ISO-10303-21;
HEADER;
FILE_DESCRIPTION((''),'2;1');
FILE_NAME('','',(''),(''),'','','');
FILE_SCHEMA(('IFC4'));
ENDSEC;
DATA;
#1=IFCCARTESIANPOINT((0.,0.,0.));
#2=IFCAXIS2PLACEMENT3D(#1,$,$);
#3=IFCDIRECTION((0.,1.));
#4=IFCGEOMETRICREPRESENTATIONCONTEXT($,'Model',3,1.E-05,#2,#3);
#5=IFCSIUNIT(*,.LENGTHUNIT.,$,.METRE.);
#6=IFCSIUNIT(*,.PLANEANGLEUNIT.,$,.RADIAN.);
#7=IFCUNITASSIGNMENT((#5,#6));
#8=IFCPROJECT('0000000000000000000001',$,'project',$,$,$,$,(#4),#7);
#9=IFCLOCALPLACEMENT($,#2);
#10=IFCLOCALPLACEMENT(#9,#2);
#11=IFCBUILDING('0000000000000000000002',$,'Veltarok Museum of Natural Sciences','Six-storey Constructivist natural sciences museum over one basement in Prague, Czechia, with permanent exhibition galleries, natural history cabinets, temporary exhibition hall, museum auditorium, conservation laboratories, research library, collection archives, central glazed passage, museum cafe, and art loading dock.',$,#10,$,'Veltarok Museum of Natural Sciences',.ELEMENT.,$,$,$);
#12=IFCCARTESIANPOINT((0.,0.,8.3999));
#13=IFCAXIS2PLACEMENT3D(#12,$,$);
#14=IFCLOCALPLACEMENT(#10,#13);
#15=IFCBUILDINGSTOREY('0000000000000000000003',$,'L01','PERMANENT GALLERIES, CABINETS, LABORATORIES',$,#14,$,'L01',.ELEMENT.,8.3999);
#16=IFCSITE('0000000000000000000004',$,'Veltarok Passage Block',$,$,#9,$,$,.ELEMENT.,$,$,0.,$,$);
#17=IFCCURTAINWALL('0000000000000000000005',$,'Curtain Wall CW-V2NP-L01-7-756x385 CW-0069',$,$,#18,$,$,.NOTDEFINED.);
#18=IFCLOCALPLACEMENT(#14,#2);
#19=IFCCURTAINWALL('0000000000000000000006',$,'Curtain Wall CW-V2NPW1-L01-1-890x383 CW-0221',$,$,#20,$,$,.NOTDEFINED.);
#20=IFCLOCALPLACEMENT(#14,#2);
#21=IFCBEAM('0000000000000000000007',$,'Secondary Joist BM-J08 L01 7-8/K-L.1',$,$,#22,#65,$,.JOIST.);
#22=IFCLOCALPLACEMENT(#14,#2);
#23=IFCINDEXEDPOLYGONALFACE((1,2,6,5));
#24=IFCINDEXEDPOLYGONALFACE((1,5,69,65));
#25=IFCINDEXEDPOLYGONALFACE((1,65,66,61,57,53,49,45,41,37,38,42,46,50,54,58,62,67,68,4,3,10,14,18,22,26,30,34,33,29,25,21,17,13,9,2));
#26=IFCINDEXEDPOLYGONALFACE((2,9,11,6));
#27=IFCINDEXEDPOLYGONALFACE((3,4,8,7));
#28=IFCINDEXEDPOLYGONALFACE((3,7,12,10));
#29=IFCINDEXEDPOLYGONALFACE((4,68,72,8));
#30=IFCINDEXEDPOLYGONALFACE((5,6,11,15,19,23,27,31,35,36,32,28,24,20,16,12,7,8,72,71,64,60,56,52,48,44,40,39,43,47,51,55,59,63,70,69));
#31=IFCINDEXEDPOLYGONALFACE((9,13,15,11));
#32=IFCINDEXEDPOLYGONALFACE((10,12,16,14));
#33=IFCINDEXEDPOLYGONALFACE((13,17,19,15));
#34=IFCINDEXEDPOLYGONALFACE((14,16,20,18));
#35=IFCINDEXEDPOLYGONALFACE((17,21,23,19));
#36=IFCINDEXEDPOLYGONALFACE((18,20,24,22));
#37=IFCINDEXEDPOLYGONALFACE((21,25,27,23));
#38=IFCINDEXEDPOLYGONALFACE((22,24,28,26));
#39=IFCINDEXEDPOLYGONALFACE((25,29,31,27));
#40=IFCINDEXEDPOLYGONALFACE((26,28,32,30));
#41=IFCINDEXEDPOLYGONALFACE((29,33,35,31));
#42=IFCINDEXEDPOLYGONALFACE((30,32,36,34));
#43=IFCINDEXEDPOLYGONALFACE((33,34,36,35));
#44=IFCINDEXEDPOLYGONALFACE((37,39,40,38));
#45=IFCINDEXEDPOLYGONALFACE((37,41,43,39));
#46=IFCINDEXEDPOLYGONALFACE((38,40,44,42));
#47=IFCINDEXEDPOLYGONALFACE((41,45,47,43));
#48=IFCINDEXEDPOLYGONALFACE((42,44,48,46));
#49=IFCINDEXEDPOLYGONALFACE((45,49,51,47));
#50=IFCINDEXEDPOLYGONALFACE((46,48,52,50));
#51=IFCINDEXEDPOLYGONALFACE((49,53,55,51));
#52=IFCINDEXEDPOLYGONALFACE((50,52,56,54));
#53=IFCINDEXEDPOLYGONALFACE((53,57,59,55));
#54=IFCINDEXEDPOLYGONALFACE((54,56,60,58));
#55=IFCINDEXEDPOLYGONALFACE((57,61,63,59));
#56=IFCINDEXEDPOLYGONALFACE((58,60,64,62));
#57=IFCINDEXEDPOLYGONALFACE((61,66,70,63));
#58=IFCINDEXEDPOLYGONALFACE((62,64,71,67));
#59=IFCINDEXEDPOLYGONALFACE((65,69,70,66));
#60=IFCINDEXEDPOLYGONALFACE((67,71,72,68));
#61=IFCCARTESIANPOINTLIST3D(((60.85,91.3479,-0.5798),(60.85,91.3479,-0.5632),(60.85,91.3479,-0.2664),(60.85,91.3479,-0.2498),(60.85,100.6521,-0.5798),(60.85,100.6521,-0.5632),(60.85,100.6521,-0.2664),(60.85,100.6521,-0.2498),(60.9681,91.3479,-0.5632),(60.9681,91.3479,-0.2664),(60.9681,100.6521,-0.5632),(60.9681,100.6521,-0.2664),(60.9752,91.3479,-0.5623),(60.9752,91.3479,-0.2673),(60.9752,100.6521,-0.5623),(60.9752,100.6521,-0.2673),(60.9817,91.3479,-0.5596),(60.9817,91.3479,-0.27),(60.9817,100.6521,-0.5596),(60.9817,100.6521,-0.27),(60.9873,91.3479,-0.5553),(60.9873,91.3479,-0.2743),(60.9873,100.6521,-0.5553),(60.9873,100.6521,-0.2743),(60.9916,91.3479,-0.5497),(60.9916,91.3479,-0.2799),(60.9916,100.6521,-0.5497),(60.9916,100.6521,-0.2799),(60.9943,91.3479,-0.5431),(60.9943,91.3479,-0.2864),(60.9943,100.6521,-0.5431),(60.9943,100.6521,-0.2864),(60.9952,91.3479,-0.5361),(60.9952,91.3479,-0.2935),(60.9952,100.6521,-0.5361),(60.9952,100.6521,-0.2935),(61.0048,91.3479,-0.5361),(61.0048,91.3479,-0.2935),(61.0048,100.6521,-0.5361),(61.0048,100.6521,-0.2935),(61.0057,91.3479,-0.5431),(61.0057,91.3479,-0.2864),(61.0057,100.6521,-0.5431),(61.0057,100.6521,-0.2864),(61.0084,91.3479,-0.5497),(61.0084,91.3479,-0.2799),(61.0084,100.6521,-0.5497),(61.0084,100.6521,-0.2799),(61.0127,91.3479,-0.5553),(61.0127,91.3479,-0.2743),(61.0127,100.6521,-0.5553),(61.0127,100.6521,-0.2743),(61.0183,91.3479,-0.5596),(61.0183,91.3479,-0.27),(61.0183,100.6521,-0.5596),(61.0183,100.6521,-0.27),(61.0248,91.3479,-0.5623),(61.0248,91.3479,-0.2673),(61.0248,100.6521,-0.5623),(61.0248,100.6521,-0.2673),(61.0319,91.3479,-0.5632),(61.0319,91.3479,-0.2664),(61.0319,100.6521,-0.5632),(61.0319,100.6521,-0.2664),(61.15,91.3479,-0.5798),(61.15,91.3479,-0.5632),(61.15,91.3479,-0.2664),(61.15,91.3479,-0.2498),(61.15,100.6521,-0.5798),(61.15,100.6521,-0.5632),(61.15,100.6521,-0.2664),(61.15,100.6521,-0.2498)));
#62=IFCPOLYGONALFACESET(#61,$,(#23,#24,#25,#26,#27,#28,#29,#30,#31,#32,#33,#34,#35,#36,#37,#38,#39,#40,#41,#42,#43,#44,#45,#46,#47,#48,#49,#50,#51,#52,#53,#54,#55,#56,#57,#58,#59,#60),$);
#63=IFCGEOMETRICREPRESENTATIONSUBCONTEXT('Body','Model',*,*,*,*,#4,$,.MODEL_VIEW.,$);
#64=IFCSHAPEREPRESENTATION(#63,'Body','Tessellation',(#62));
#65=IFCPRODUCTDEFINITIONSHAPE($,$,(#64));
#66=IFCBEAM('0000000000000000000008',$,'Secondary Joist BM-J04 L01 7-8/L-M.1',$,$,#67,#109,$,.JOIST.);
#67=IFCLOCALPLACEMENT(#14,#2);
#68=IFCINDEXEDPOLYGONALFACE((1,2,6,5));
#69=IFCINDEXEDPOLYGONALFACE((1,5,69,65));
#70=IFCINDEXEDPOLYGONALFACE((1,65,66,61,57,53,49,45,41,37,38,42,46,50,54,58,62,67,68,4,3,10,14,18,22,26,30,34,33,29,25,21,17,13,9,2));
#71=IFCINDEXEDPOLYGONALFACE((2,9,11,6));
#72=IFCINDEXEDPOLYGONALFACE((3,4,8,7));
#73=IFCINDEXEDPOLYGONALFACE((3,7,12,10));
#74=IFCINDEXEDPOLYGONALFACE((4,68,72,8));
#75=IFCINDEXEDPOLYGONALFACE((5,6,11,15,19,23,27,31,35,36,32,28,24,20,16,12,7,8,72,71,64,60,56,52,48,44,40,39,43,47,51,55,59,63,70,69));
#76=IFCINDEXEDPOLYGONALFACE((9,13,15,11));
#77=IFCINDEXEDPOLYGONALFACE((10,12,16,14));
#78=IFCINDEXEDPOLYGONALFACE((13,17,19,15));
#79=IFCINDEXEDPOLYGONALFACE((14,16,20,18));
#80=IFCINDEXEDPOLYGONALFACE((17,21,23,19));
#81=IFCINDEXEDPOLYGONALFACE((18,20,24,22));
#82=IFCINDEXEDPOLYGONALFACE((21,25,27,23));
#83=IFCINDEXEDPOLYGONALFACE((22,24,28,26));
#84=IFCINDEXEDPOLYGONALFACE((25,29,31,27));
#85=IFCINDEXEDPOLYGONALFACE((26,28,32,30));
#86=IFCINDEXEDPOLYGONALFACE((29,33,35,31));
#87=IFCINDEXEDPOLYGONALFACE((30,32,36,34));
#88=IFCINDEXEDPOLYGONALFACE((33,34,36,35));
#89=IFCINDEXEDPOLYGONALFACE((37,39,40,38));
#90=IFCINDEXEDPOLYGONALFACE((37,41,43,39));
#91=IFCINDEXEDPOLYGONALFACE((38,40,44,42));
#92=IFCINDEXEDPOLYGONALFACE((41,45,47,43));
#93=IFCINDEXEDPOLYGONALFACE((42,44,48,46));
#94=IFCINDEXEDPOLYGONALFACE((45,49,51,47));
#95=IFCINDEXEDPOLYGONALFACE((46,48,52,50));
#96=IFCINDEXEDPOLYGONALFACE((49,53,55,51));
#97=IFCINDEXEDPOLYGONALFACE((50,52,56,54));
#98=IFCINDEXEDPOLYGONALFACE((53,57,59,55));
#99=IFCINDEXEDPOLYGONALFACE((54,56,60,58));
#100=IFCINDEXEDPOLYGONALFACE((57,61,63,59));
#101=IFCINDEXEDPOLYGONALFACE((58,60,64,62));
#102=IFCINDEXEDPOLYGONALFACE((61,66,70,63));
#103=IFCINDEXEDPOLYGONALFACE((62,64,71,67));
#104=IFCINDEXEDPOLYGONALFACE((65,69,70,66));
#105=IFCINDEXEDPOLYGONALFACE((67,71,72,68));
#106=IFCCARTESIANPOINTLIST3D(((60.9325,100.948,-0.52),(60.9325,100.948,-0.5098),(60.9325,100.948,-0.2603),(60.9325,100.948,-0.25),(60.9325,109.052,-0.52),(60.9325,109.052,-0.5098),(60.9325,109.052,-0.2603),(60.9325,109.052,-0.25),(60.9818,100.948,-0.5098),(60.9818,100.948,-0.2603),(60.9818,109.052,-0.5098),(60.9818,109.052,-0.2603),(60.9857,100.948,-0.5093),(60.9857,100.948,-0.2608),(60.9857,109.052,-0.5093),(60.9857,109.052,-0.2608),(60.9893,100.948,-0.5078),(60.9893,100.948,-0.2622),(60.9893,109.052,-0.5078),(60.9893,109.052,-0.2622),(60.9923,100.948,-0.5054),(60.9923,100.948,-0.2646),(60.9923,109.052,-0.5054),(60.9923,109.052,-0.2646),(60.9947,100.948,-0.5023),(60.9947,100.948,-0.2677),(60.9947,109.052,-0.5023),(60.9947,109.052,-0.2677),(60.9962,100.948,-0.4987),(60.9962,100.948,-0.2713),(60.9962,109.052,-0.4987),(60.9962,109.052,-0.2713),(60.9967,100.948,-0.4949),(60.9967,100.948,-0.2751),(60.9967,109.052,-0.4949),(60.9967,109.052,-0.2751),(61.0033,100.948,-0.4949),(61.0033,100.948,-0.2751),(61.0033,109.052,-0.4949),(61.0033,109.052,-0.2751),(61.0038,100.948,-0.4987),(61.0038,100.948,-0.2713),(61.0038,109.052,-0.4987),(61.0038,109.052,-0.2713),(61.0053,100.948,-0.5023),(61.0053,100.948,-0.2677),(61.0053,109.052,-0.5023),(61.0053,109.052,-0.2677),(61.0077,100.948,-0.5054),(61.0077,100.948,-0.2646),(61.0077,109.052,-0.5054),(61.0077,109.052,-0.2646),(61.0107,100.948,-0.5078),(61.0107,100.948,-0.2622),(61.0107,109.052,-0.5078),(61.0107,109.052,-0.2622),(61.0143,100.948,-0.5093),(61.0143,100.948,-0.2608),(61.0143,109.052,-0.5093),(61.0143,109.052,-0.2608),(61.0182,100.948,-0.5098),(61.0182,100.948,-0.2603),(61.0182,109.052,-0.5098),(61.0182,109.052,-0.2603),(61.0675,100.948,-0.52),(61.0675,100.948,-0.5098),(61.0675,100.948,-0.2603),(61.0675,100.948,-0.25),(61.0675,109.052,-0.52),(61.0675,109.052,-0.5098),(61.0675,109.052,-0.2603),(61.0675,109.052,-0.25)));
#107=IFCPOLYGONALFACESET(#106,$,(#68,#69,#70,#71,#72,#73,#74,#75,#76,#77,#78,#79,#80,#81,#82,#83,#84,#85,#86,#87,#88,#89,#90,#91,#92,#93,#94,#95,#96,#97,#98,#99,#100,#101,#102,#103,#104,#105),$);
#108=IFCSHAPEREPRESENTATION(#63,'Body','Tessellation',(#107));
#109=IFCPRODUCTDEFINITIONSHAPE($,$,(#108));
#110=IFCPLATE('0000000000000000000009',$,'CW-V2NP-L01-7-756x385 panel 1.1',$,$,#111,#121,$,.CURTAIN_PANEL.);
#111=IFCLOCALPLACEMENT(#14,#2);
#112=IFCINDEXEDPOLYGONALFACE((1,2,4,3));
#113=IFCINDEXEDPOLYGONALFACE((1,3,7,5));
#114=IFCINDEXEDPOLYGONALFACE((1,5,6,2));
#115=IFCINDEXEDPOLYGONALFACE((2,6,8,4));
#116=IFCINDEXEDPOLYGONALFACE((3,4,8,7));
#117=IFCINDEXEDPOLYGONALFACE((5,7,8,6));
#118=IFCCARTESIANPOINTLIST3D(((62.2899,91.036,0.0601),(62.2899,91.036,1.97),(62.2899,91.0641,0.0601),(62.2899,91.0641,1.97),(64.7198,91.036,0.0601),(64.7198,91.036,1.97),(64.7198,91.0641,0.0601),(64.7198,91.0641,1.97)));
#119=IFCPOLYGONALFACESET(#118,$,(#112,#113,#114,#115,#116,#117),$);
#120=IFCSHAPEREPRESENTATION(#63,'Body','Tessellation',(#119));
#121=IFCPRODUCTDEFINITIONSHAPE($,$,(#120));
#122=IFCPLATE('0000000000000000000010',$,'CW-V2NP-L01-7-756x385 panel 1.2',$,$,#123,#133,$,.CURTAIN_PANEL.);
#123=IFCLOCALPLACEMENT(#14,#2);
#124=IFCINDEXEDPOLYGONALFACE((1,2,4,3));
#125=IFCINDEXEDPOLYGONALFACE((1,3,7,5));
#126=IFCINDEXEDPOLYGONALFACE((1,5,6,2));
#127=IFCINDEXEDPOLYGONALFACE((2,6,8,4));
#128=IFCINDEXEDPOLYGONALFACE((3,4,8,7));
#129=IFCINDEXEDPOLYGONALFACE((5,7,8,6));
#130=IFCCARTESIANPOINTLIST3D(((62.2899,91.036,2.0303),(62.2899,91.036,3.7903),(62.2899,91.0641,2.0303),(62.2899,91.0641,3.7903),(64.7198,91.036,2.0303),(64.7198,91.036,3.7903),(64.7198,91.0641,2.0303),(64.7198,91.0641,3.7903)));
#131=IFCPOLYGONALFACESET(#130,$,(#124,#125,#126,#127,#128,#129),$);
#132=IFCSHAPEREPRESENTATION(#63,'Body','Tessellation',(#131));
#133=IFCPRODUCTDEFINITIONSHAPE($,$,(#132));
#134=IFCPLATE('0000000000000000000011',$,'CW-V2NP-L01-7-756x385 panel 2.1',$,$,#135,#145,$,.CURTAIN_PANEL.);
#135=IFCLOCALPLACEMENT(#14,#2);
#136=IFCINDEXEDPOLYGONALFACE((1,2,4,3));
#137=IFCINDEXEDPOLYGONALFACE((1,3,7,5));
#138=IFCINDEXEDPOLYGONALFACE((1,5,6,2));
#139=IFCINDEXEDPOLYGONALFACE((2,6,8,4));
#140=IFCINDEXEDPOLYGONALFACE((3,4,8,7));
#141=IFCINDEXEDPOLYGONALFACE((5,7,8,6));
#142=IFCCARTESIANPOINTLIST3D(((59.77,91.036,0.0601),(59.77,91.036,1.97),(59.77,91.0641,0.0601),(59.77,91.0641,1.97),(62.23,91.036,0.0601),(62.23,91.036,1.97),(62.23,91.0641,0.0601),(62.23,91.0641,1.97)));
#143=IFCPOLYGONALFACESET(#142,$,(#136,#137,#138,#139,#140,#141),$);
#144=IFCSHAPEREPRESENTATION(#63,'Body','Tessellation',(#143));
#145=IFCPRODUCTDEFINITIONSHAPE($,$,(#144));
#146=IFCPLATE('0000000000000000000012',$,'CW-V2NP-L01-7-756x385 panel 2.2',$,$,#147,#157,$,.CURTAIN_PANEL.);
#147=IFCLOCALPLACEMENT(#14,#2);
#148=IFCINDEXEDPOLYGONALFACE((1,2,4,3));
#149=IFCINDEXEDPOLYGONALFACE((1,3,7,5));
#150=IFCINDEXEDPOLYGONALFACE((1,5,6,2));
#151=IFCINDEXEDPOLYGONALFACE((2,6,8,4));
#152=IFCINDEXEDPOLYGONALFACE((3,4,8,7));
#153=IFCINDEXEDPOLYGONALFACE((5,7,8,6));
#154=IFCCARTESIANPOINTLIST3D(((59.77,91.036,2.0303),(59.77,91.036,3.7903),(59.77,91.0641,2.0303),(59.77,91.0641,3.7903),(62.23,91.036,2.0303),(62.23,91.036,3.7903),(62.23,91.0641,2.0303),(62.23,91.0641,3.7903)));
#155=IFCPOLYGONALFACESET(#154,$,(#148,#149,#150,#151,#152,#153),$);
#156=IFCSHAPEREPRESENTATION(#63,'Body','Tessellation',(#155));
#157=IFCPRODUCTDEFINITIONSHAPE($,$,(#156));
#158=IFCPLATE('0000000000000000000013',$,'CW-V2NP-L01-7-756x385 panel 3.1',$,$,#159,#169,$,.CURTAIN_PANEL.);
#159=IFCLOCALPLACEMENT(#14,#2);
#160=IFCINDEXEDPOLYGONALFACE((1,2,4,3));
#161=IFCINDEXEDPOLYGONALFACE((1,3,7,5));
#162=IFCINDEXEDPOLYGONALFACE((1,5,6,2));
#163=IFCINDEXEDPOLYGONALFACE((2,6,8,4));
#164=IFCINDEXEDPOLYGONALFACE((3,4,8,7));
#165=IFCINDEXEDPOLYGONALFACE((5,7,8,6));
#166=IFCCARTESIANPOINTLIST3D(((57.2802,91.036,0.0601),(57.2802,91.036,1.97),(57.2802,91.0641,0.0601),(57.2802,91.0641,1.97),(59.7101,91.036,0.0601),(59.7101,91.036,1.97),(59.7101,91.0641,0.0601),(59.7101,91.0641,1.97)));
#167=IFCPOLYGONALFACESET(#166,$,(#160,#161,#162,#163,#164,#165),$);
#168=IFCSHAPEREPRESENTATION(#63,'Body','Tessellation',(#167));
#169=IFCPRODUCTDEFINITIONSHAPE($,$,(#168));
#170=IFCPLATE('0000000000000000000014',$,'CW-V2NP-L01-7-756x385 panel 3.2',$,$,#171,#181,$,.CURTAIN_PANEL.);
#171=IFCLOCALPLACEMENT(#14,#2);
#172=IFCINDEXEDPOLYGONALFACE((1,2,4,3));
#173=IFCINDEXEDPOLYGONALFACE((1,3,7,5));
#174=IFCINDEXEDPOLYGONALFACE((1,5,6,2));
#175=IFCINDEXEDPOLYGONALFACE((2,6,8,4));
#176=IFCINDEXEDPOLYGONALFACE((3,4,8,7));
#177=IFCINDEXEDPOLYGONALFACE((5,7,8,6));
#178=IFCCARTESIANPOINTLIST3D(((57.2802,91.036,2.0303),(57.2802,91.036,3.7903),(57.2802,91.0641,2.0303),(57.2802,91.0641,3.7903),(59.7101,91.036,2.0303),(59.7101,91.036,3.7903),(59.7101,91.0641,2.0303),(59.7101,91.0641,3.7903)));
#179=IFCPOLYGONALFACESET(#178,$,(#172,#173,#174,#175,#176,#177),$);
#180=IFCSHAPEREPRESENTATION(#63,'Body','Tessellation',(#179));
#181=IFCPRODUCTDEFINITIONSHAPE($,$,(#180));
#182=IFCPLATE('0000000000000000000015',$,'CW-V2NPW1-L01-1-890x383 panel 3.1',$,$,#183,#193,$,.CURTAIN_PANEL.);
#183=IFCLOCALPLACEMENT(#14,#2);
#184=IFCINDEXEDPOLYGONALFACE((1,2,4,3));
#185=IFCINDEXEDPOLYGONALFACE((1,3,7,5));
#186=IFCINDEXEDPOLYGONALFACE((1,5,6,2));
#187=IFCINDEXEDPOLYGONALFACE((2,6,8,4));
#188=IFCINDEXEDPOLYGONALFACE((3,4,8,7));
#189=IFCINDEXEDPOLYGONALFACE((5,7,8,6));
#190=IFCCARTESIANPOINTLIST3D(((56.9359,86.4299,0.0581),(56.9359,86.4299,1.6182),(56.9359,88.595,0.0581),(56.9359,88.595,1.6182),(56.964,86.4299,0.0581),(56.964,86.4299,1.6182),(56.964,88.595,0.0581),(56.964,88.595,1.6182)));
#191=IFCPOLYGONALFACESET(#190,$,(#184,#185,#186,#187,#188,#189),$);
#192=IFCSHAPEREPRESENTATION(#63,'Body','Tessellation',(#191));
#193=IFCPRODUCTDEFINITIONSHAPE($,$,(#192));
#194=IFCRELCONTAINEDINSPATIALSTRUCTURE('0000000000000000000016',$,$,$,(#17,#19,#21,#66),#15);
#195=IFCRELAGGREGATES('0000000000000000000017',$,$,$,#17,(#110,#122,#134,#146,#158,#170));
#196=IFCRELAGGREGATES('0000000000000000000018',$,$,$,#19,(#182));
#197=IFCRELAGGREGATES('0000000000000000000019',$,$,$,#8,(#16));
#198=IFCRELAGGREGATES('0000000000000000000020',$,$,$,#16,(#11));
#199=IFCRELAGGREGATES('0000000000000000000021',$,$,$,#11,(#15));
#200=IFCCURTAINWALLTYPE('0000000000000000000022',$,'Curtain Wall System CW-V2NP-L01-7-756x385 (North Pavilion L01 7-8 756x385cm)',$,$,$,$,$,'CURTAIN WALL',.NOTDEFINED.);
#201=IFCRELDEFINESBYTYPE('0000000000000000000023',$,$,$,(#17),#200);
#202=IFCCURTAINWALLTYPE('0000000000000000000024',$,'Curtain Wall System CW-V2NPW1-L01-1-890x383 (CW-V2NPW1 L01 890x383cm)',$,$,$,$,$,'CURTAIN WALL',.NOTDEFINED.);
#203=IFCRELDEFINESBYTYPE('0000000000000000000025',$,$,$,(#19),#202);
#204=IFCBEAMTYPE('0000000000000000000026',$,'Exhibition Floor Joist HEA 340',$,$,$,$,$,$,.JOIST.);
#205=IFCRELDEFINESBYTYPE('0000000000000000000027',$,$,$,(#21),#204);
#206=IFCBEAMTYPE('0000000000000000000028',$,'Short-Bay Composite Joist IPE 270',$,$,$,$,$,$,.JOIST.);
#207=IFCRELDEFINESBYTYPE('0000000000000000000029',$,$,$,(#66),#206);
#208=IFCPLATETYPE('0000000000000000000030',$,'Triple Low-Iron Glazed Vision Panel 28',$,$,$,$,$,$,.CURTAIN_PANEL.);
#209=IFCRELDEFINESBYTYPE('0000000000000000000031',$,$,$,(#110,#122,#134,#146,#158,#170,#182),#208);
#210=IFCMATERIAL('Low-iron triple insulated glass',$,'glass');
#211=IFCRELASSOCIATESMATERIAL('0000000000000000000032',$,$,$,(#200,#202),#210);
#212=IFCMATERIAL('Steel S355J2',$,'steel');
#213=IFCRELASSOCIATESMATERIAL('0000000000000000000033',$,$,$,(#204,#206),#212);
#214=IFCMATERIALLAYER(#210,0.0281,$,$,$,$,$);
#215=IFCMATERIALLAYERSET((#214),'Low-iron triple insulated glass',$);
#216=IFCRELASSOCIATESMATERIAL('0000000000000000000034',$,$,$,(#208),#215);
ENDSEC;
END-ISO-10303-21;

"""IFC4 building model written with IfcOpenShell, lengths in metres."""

from ifc_helpers import new_model, si_unit, direction, frame, origin, origin_2d, place, context, subcontext, project, spatial, rectangle, i_section, extrude, material, layer, layer_set, material_profile, profile_set, type_object, element, aggregate, save


model = new_model("IFC4")

# Units and contexts
model_context = context("Model", 3, precision=1e-05, world=origin(), true_north=direction((0.0, 1.0)))
body_context = subcontext(model_context, "Body", "Model", "MODEL_VIEW")
ifc_project = project(units=[si_unit("LENGTHUNIT", "METRE"), si_unit("PLANEANGLEUNIT", "RADIAN")], contexts=[model_context])

# Site, building, storey
site_placement = place(None, origin())
site = spatial("IfcSite", under=ifc_project, at=site_placement, Name="Veltarok Passage Block", CompositionType="ELEMENT", RefElevation=0.0)
building_placement = place(site_placement, origin())
building = spatial("IfcBuilding", under=site, at=building_placement, Name="Veltarok Museum of Natural Sciences", Description="Six-storey Constructivist natural sciences museum over one basement in Prague, Czechia, with permanent exhibition galleries, natural history cabinets, temporary exhibition hall, museum auditorium, conservation laboratories, research library, collection archives, central glazed passage, museum cafe, and art loading dock.", LongName="Veltarok Museum of Natural Sciences", CompositionType="ELEMENT")
storey_placement = place(building_placement, frame((0.0, 0.0, 8.3999)))
storey = spatial("IfcBuildingStorey", under=building, at=storey_placement, Name="L01", Description="PERMANENT GALLERIES, CABINETS, LABORATORIES", LongName="L01", CompositionType="ELEMENT", Elevation=8.3999)

# Curtain walls
ifc_material_1 = material(Name="Low-iron triple insulated glass", Category="glass")
curtain_wall_type_1 = type_object("IfcCurtainWallType", Name="Curtain Wall System CW-V2NP-L01-7-756x385 (North Pavilion L01 7-8 756x385cm)", ElementType="CURTAIN WALL", PredefinedType="NOTDEFINED", material=ifc_material_1)
curtain_wall_1_placement = place(storey_placement, origin())
curtain_wall_1 = element("IfcCurtainWall", 1, at=curtain_wall_1_placement, inside=storey, type_object=curtain_wall_type_1, Name="Curtain Wall CW-V2NP-L01-7-756x385 CW-0069", PredefinedType="NOTDEFINED")
curtain_wall_type_2 = type_object("IfcCurtainWallType", Name="Curtain Wall System CW-V2NPW1-L01-1-890x383 (CW-V2NPW1 L01 890x383cm)", ElementType="CURTAIN WALL", PredefinedType="NOTDEFINED", material=ifc_material_1)
curtain_wall_2_placement = place(storey_placement, origin())
curtain_wall_2 = element("IfcCurtainWall", 2, at=curtain_wall_2_placement, inside=storey, type_object=curtain_wall_type_2, Name="Curtain Wall CW-V2NPW1-L01-1-890x383 CW-0221", PredefinedType="NOTDEFINED")

# Beams
ifc_material_2 = material(Name="Steel S355J2", Category="steel")
ifc_material_profile_1 = material_profile(ifc_material_2, i_section(OverallWidth=0.3, OverallDepth=0.3301, WebThickness=0.0095, FlangeThickness=0.0166, FilletRadius=0.0271, at=origin_2d()), Name="HEA 340")
ifc_profile_set_1 = profile_set([ifc_material_profile_1], Name="Steel S355J2")
beam_type_1 = type_object("IfcBeamType", Name="Exhibition Floor Joist HEA 340", PredefinedType="JOIST", material=ifc_profile_set_1)
beam_1_placement = place(storey_placement, frame((61.0, 91.3479, -0.4148), z_axis=(0.0, 1.0, 0.0), x_axis=(-1.0, 0.0, 0.0)))
element("IfcBeam", 3, at=beam_1_placement, inside=storey, type_object=beam_type_1, Name="Secondary Joist BM-J08 L01 7-8/K-L.1", PredefinedType="JOIST", context=body_context, shape_type="SweptSolid", body=[
    extrude(i_section(OverallWidth=0.3, OverallDepth=0.3301, WebThickness=0.0095, FlangeThickness=0.0166, FilletRadius=0.0271, at=origin_2d()), origin(), (0.0, 0.0, 1.0), 9.3042),
])
ifc_material_profile_2 = material_profile(ifc_material_2, i_section(OverallWidth=0.135, OverallDepth=0.27, WebThickness=0.0066, FlangeThickness=0.0103, FilletRadius=0.0149, at=origin_2d()), Name="IPE 270")
ifc_profile_set_2 = profile_set([ifc_material_profile_2], Name="Steel S355J2")
beam_type_2 = type_object("IfcBeamType", Name="Short-Bay Composite Joist IPE 270", PredefinedType="JOIST", material=ifc_profile_set_2)
beam_2_placement = place(storey_placement, frame((61.0, 100.948, -0.385), z_axis=(0.0, 1.0, 0.0), x_axis=(-1.0, 0.0, 0.0)))
element("IfcBeam", 4, at=beam_2_placement, inside=storey, type_object=beam_type_2, Name="Secondary Joist BM-J04 L01 7-8/L-M.1", PredefinedType="JOIST", context=body_context, shape_type="SweptSolid", body=[
    extrude(i_section(OverallWidth=0.135, OverallDepth=0.27, WebThickness=0.0066, FlangeThickness=0.0103, FilletRadius=0.0149, at=origin_2d()), origin(), (0.0, 0.0, 1.0), 8.104),
])

# Plates
ifc_layer = layer(ifc_material_1, 0.0281)
ifc_layer_set = layer_set([ifc_layer], Name="Low-iron triple insulated glass")
plate_type = type_object("IfcPlateType", Name="Triple Low-Iron Glazed Vision Panel 28", PredefinedType="CURTAIN_PANEL", material=ifc_layer_set)
plate_1_placement = place(storey_placement, frame((63.5049, 91.05, 0.0601), z_axis=(0.0, 0.0, 1.0), x_axis=(-1.0, 0.0, 0.0)))
plate_1 = element("IfcPlate", 5, at=plate_1_placement, type_object=plate_type, Name="CW-V2NP-L01-7-756x385 panel 1.1", PredefinedType="CURTAIN_PANEL", context=body_context, shape_type="SweptSolid", body=[
    extrude(rectangle(XDim=2.4299, YDim=0.0281, at=origin_2d()), origin(), (0.0, 0.0, 1.0), 1.9099),
])
plate_2_placement = place(storey_placement, frame((63.5049, 91.05, 2.0303), z_axis=(0.0, 0.0, 1.0), x_axis=(-1.0, 0.0, 0.0)))
plate_2 = element("IfcPlate", 6, at=plate_2_placement, type_object=plate_type, Name="CW-V2NP-L01-7-756x385 panel 1.2", PredefinedType="CURTAIN_PANEL", context=body_context, shape_type="SweptSolid", body=[
    extrude(rectangle(XDim=2.4299, YDim=0.0281, at=origin_2d()), origin(), (0.0, 0.0, 1.0), 1.76),
])
plate_3_placement = place(storey_placement, frame((61.0, 91.05, 0.0601), z_axis=(0.0, 0.0, 1.0), x_axis=(-1.0, 0.0, 0.0)))
plate_3 = element("IfcPlate", 7, at=plate_3_placement, type_object=plate_type, Name="CW-V2NP-L01-7-756x385 panel 2.1", PredefinedType="CURTAIN_PANEL", context=body_context, shape_type="SweptSolid", body=[
    extrude(rectangle(XDim=2.46, YDim=0.0281, at=origin_2d()), origin(), (0.0, 0.0, 1.0), 1.9099),
])
plate_4_placement = place(storey_placement, frame((61.0, 91.05, 2.0303), z_axis=(0.0, 0.0, 1.0), x_axis=(-1.0, 0.0, 0.0)))
plate_4 = element("IfcPlate", 8, at=plate_4_placement, type_object=plate_type, Name="CW-V2NP-L01-7-756x385 panel 2.2", PredefinedType="CURTAIN_PANEL", context=body_context, shape_type="SweptSolid", body=[
    extrude(rectangle(XDim=2.46, YDim=0.0281, at=origin_2d()), origin(), (0.0, 0.0, 1.0), 1.76),
])
plate_5_placement = place(storey_placement, frame((58.4951, 91.05, 0.0601), z_axis=(0.0, 0.0, 1.0), x_axis=(-1.0, 0.0, 0.0)))
plate_5 = element("IfcPlate", 9, at=plate_5_placement, type_object=plate_type, Name="CW-V2NP-L01-7-756x385 panel 3.1", PredefinedType="CURTAIN_PANEL", context=body_context, shape_type="SweptSolid", body=[
    extrude(rectangle(XDim=2.4299, YDim=0.0281, at=origin_2d()), origin(), (0.0, 0.0, 1.0), 1.9099),
])
plate_6_placement = place(storey_placement, frame((58.4951, 91.05, 2.0303), z_axis=(0.0, 0.0, 1.0), x_axis=(-1.0, 0.0, 0.0)))
plate_6 = element("IfcPlate", 10, at=plate_6_placement, type_object=plate_type, Name="CW-V2NP-L01-7-756x385 panel 3.2", PredefinedType="CURTAIN_PANEL", context=body_context, shape_type="SweptSolid", body=[
    extrude(rectangle(XDim=2.4299, YDim=0.0281, at=origin_2d()), origin(), (0.0, 0.0, 1.0), 1.76),
])
aggregate(curtain_wall_1, [plate_1, plate_2, plate_3, plate_4, plate_5, plate_6])
plate_7_placement = place(storey_placement, frame((56.95, 87.5125, 0.0581), z_axis=(0.0, 0.0, 1.0), x_axis=(0.0, 1.0, 0.0)))
plate_7 = element("IfcPlate", 11, at=plate_7_placement, type_object=plate_type, Name="CW-V2NPW1-L01-1-890x383 panel 3.1", PredefinedType="CURTAIN_PANEL", context=body_context, shape_type="SweptSolid", body=[
    extrude(rectangle(XDim=2.165, YDim=0.0281, at=origin_2d()), origin(), (0.0, 0.0, 1.0), 1.5601),
])
aggregate(curtain_wall_2, [plate_7])

save(model, "model.ifc")
